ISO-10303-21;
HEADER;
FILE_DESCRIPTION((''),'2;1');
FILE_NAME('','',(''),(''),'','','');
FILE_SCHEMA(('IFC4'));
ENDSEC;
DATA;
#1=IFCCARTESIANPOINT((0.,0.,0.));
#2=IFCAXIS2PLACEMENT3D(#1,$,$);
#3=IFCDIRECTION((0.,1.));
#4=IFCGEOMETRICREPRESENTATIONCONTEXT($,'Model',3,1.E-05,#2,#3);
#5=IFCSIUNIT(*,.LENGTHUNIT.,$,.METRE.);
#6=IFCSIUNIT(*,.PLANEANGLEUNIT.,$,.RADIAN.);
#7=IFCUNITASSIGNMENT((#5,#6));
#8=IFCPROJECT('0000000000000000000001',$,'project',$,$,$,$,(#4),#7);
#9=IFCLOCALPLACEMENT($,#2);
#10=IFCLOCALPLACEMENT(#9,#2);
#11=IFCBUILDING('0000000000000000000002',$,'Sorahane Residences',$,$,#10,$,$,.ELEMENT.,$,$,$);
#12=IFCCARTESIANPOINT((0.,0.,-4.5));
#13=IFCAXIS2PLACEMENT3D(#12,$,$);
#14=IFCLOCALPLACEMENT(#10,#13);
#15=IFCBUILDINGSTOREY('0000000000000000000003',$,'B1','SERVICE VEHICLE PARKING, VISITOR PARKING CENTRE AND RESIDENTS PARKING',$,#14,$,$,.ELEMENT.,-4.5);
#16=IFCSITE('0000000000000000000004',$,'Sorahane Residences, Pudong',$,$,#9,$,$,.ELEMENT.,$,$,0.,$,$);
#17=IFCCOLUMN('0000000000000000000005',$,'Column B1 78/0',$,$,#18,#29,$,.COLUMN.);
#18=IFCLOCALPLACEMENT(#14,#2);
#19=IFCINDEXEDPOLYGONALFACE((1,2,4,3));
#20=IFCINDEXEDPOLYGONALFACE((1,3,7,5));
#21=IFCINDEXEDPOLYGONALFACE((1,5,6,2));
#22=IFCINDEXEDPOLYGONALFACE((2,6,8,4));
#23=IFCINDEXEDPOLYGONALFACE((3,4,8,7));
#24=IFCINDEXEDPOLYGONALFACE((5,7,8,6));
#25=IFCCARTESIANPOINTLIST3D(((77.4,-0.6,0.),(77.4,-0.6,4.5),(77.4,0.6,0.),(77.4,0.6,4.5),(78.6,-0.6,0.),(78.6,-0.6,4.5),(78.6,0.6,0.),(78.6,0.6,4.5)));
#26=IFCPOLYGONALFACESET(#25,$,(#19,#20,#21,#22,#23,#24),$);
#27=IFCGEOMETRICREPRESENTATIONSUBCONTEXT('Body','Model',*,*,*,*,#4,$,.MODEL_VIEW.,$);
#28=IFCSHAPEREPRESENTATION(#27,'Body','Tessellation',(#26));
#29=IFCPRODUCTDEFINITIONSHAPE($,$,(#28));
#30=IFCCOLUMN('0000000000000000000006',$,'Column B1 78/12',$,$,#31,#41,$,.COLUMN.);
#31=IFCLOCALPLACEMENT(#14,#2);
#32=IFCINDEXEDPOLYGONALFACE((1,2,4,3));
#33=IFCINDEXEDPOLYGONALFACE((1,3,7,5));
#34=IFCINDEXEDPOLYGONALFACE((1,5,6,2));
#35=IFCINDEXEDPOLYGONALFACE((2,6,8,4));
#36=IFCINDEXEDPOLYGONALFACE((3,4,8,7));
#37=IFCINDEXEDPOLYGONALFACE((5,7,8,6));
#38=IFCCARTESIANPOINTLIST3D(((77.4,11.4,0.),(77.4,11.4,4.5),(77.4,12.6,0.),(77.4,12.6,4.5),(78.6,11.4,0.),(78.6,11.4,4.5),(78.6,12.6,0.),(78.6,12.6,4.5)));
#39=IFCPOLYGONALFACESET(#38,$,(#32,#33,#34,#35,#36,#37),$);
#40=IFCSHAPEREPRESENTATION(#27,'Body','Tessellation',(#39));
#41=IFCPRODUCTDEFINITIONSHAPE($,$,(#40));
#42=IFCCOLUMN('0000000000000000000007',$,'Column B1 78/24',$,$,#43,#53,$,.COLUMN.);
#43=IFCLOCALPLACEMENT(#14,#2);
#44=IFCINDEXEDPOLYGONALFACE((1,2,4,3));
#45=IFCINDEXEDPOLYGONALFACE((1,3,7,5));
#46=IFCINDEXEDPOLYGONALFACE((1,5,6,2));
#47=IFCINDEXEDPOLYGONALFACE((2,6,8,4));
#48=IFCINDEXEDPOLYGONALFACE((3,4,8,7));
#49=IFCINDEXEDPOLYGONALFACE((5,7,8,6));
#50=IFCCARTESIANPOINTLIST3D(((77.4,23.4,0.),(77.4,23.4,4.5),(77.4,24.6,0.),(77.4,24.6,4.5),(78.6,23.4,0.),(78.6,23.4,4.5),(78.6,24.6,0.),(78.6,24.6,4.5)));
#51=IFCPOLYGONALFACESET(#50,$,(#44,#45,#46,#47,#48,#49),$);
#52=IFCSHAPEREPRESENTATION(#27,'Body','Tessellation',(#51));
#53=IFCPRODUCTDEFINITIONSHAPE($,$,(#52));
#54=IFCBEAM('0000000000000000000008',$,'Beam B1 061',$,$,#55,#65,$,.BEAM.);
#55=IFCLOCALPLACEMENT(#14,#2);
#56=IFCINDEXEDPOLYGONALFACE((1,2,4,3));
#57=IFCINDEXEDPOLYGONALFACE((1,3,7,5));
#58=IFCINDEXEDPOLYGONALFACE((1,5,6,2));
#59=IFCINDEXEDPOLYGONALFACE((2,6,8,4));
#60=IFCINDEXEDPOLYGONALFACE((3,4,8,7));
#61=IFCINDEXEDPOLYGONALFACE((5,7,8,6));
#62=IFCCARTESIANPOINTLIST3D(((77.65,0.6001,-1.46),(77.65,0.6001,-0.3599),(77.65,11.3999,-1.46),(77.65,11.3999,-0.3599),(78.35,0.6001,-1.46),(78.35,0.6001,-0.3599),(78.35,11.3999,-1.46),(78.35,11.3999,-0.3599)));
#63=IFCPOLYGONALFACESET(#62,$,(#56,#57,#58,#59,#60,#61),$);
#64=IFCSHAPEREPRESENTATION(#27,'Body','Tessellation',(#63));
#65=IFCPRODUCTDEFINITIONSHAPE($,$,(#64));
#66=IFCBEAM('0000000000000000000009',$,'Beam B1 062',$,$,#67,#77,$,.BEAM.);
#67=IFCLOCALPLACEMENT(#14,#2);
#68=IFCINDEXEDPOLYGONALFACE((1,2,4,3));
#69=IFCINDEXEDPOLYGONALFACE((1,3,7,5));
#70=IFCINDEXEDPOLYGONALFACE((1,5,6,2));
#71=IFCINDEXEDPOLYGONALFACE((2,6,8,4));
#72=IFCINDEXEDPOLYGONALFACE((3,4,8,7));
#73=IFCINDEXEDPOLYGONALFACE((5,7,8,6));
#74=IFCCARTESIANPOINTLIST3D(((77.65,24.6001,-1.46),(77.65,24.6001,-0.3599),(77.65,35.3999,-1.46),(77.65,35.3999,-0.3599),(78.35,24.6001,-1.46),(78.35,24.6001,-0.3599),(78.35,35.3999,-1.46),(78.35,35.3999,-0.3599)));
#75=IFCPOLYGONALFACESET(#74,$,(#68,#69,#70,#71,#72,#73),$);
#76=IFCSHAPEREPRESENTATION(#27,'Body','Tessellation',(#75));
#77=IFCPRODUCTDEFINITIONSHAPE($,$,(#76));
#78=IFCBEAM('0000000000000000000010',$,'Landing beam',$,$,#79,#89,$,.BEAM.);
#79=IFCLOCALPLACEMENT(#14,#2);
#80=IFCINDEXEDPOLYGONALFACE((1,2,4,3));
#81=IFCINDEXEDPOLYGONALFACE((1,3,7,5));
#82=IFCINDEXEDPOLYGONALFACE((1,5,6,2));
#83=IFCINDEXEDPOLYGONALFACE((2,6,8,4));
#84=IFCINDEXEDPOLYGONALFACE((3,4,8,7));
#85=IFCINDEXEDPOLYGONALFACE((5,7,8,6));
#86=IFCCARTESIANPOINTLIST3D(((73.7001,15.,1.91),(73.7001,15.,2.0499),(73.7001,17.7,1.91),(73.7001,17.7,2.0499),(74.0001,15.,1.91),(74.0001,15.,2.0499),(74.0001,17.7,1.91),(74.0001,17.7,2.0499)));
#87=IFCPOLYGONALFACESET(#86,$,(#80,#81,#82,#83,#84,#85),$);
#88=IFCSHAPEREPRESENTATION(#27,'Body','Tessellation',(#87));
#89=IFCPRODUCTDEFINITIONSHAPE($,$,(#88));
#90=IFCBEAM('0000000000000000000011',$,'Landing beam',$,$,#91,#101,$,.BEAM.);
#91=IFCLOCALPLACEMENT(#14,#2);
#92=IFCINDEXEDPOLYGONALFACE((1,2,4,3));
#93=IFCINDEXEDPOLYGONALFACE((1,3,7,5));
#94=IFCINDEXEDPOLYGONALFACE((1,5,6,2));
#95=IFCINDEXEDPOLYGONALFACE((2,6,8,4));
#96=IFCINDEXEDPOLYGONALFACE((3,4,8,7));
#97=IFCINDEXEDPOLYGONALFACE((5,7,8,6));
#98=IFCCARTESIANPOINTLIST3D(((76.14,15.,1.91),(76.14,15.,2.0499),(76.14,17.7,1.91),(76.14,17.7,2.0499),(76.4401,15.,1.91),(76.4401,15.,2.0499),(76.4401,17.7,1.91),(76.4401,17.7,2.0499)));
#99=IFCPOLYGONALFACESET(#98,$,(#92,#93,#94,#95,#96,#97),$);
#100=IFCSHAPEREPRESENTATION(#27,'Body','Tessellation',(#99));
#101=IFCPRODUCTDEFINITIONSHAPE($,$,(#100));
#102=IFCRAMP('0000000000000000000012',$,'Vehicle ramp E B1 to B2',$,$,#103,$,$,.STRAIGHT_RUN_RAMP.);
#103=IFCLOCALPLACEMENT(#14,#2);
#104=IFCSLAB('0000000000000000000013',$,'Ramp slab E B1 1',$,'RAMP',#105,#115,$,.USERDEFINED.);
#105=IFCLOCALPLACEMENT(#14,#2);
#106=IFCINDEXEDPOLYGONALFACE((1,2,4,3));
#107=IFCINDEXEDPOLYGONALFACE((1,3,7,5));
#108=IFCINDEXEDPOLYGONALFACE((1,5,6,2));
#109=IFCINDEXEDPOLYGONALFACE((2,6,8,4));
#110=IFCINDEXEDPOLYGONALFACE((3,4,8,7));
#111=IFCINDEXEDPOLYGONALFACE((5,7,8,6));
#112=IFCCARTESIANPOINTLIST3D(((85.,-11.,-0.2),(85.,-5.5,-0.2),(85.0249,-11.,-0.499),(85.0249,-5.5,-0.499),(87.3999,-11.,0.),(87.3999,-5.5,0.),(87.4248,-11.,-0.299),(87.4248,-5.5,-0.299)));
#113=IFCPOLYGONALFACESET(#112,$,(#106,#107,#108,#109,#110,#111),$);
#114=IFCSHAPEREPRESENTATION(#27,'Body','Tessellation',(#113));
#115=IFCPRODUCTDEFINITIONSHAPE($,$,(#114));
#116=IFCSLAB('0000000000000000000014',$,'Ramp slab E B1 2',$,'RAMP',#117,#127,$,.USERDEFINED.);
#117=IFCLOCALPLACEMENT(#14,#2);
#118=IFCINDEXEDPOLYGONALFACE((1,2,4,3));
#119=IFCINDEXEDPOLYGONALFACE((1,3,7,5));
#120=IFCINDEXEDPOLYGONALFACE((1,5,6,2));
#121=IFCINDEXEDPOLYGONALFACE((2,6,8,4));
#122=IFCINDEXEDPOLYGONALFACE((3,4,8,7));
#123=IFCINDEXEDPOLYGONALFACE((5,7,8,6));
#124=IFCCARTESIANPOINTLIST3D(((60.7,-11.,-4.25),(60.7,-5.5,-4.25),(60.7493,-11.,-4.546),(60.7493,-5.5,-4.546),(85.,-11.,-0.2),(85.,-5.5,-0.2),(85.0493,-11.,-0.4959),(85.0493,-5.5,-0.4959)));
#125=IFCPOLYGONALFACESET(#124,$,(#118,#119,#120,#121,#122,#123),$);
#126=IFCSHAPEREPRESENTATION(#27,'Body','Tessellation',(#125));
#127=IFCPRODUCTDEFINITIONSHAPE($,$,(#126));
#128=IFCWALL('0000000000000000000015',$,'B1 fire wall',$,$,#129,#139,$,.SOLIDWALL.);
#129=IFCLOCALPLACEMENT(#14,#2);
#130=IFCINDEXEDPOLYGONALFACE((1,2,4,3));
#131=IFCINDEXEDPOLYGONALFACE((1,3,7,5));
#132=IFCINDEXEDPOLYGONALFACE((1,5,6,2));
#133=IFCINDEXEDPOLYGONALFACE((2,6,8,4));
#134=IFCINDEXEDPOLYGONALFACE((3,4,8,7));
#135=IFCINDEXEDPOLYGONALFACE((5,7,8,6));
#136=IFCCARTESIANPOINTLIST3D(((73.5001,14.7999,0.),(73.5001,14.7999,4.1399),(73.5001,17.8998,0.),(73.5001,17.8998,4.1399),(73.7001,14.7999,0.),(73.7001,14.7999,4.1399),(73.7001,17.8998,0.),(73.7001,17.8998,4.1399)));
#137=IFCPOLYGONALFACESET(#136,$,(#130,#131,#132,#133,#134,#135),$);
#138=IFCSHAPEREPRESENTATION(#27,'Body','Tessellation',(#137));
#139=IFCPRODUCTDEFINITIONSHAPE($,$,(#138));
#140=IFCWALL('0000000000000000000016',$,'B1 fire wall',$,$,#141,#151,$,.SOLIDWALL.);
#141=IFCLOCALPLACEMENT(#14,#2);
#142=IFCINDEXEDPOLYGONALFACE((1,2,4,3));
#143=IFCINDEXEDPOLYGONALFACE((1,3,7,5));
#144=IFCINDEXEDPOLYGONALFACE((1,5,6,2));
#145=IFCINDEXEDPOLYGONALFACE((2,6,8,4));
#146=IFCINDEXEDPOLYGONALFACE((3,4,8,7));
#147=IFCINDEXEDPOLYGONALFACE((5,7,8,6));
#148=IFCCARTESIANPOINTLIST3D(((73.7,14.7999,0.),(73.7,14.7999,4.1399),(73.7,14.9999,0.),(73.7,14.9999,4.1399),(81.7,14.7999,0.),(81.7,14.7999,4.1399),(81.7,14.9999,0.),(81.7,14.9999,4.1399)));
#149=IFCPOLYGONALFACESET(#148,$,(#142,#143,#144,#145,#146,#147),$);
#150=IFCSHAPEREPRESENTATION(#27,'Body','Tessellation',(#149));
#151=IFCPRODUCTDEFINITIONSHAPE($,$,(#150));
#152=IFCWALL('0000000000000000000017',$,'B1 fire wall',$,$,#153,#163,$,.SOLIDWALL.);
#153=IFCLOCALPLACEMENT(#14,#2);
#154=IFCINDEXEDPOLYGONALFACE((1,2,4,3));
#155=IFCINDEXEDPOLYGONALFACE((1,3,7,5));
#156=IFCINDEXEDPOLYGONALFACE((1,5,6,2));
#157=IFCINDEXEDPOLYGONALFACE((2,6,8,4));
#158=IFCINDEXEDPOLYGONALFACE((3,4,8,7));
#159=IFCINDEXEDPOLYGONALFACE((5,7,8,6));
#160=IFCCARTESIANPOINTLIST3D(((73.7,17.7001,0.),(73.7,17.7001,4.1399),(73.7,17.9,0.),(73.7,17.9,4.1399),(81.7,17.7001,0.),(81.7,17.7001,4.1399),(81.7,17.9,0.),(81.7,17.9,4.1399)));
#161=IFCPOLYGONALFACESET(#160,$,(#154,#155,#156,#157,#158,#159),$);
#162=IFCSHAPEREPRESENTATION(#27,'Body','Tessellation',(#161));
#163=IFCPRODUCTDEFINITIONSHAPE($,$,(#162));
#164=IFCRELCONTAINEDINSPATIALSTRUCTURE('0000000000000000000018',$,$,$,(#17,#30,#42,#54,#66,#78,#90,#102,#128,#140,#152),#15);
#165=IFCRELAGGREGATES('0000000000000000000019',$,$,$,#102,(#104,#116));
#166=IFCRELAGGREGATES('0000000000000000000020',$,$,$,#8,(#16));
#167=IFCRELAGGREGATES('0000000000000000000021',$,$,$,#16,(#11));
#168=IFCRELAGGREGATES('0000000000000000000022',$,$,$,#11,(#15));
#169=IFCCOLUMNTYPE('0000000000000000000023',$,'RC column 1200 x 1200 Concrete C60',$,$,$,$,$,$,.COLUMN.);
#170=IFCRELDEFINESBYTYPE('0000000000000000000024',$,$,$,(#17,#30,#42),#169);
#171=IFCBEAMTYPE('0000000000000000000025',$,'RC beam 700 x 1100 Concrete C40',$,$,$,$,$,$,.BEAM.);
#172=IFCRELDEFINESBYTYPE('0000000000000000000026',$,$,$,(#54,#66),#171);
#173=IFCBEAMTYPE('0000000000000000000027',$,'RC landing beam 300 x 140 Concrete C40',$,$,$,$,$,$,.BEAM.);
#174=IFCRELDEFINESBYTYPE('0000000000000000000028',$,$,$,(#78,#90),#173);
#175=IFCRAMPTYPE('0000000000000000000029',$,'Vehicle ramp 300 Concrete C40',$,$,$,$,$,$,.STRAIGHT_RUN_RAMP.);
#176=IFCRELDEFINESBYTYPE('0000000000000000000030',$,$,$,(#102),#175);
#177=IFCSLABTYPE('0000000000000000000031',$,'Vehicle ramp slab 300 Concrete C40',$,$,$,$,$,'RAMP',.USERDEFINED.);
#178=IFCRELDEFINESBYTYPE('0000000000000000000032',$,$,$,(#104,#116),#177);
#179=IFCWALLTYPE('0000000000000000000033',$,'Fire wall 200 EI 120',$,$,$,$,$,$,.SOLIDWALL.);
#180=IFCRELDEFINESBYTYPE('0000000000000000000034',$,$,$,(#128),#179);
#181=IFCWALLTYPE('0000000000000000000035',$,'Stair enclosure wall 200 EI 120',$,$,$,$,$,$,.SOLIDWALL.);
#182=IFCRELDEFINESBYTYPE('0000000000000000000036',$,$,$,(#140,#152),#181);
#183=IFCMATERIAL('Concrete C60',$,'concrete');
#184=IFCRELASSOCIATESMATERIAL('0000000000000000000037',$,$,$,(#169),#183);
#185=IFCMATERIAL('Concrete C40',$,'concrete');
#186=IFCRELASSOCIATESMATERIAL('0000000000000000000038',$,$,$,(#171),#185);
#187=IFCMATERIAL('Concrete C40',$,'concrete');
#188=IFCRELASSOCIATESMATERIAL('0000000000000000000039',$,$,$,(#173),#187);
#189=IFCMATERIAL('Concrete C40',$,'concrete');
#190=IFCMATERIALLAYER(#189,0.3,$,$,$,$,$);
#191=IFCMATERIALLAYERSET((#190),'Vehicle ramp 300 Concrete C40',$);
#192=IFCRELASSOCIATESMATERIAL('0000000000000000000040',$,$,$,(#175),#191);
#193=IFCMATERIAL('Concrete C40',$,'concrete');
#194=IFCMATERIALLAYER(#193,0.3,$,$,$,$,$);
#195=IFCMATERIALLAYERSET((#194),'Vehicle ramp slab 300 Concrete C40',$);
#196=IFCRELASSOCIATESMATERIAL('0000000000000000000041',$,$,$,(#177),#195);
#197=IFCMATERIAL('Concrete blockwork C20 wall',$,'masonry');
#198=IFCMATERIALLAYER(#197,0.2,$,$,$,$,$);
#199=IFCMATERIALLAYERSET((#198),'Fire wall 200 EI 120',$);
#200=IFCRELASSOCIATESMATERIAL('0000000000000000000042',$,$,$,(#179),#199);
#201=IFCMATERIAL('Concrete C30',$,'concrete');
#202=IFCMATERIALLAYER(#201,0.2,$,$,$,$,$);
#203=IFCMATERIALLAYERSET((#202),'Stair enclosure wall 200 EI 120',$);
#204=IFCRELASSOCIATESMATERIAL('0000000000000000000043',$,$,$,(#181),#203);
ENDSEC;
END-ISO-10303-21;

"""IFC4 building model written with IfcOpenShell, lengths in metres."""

from ifc_helpers import new_model, si_unit, direction, frame, frame_2d, origin, origin_2d, place, context, subcontext, project, spatial, polyline, rectangle, outline, extrude, material, layer, layer_set, material_profile, profile_set, type_object, element, aggregate, save


model = new_model("IFC4")

# Units and contexts
model_context = context("Model", 3, precision=1e-05, world=origin(), true_north=direction((0.0, 1.0)))
body_context = subcontext(model_context, "Body", "Model", "MODEL_VIEW")
ifc_project = project(units=[si_unit("LENGTHUNIT", "METRE"), si_unit("PLANEANGLEUNIT", "RADIAN")], contexts=[model_context])

# Site, building, storey
site_placement = place(None, origin())
site = spatial("IfcSite", under=ifc_project, at=site_placement, Name="Sorahane Residences, Pudong", CompositionType="ELEMENT", RefElevation=0.0)
building_placement = place(site_placement, origin())
building = spatial("IfcBuilding", under=site, at=building_placement, Name="Sorahane Residences", CompositionType="ELEMENT")
storey_placement = place(building_placement, frame((0.0, 0.0, -4.5)))
storey = spatial("IfcBuildingStorey", under=building, at=storey_placement, Name="B1", Description="SERVICE VEHICLE PARKING, VISITOR PARKING CENTRE AND RESIDENTS PARKING", CompositionType="ELEMENT", Elevation=-4.5)

# Columns
ifc_material_1 = material(Name="Concrete C60", Category="concrete")
ifc_material_profile_1 = material_profile(ifc_material_1, rectangle(XDim=1.2, YDim=1.2, at=origin_2d()), Name="1200x1200")
ifc_profile_set_1 = profile_set([ifc_material_profile_1], Name="Concrete C60")
column_type = type_object("IfcColumnType", Name="RC column 1200 x 1200 Concrete C60", PredefinedType="COLUMN", material=ifc_profile_set_1)
for number, where, z_axis, x_axis, name in (
    (1, (78.0, 0.0, 0.0), (0.0, 0.0, 1.0), (1.0, 0.0, 0.0), "Column B1 78/0"),
    (2, (78.0, 12.0, 0.0), (0.0, 0.0, 1.0), (1.0, 0.0, 0.0), "Column B1 78/12"),
    (3, (78.0, 24.0, 0.0), (0.0, 0.0, 1.0), (1.0, 0.0, 0.0), "Column B1 78/24"),
):
    element("IfcColumn", number, at=place(storey_placement, frame(where, z_axis=z_axis, x_axis=x_axis)), inside=storey, type_object=column_type, Name=name, PredefinedType="COLUMN", context=body_context, shape_type="SweptSolid", body=[
        extrude(rectangle(XDim=1.2, YDim=1.2, at=origin_2d()), origin(), (0.0, 0.0, 1.0), 4.5),
    ])

# Beams
ifc_material_2 = material(Name="Concrete C40", Category="concrete")
ifc_material_profile_2 = material_profile(ifc_material_2, rectangle(XDim=0.7, YDim=1.1001, at=origin_2d()), Name="700x1100")
ifc_profile_set_2 = profile_set([ifc_material_profile_2], Name="Concrete C40")
beam_type_1 = type_object("IfcBeamType", Name="RC beam 700 x 1100 Concrete C40", PredefinedType="BEAM", material=ifc_profile_set_2)
for number, where, z_axis, x_axis, name in (
    (4, (78.0, 0.6001, -0.9099), (0.0, 1.0, 0.0), (-1.0, 0.0, 0.0), "Beam B1 061"),
    (5, (78.0, 24.6001, -0.9099), (0.0, 1.0, 0.0), (-1.0, 0.0, 0.0), "Beam B1 062"),
):
    element("IfcBeam", number, at=place(storey_placement, frame(where, z_axis=z_axis, x_axis=x_axis)), inside=storey, type_object=beam_type_1, Name=name, PredefinedType="BEAM", context=body_context, shape_type="SweptSolid", body=[
        extrude(rectangle(XDim=0.7, YDim=1.1001, at=origin_2d()), origin(), (0.0, 0.0, 1.0), 10.7998),
    ])
ifc_material_3 = material(Name="Concrete C40", Category="concrete")
ifc_material_profile_3 = material_profile(ifc_material_3, rectangle(XDim=0.3, YDim=0.1399, at=origin_2d()), Name="300x140")
ifc_profile_set_3 = profile_set([ifc_material_profile_3], Name="Concrete C40")
beam_type_2 = type_object("IfcBeamType", Name="RC landing beam 300 x 140 Concrete C40", PredefinedType="BEAM", material=ifc_profile_set_3)
for number, where, z_axis, x_axis, name in (
    (6, (73.8501, 15.0, 1.98), (0.0, 1.0, 0.0), (-1.0, 0.0, 0.0), "Landing beam"),
    (7, (76.29, 15.0, 1.98), (0.0, 1.0, 0.0), (-1.0, 0.0, 0.0), "Landing beam"),
):
    element("IfcBeam", number, at=place(storey_placement, frame(where, z_axis=z_axis, x_axis=x_axis)), inside=storey, type_object=beam_type_2, Name=name, PredefinedType="BEAM", context=body_context, shape_type="SweptSolid", body=[
        extrude(rectangle(XDim=0.3, YDim=0.1399, at=origin_2d()), origin(), (0.0, 0.0, 1.0), 2.7),
    ])

# Ramp, slabs
ifc_material_4 = material(Name="Concrete C40", Category="concrete")
ifc_layer_1 = layer(ifc_material_4, 0.3)
ifc_layer_set_1 = layer_set([ifc_layer_1], Name="Vehicle ramp 300 Concrete C40")
ramp_type = type_object("IfcRampType", Name="Vehicle ramp 300 Concrete C40", PredefinedType="STRAIGHT_RUN_RAMP", material=ifc_layer_set_1)
ramp_placement = place(storey_placement, origin())
ramp = element("IfcRamp", 8, at=ramp_placement, inside=storey, type_object=ramp_type, Name="Vehicle ramp E B1 to B2", PredefinedType="STRAIGHT_RUN_RAMP")
ifc_material_5 = material(Name="Concrete C40", Category="concrete")
ifc_layer_2 = layer(ifc_material_5, 0.3)
ifc_layer_set_2 = layer_set([ifc_layer_2], Name="Vehicle ramp slab 300 Concrete C40")
slab_type = type_object("IfcSlabType", Name="Vehicle ramp slab 300 Concrete C40", ElementType="RAMP", PredefinedType="USERDEFINED", material=ifc_layer_set_2)
slab_1_placement = place(storey_placement, frame((87.3999, -11.0, 0.0), z_axis=(-0.083029, 0.0, 0.996547), x_axis=(-0.996547, 0.0, -0.083029)))
slab_1 = element("IfcSlab", 9, at=slab_1_placement, type_object=slab_type, Name="Ramp slab E B1 1", ObjectType="RAMP", PredefinedType="USERDEFINED", context=body_context, shape_type="SweptSolid", body=[
    extrude(outline(polyline([(0.0, 0.0), (2.4082, 0.0), (2.4082, -5.5), (0.0, -5.5), (0.0, 0.0)])), origin(), (0.0, 0.0, -1.0), 0.3),
])
slab_2_placement = place(storey_placement, frame((85.0, -11.0, -0.2), z_axis=(-0.164401, 0.0, 0.986394), x_axis=(-0.986394, 0.0, -0.164401)))
slab_2 = element("IfcSlab", 10, at=slab_2_placement, type_object=slab_type, Name="Ramp slab E B1 2", ObjectType="RAMP", PredefinedType="USERDEFINED", context=body_context, shape_type="SweptSolid", body=[
    extrude(outline(polyline([(0.0, 0.0), (24.6352, 0.0), (24.6352, -5.5), (0.0, -5.5), (0.0, 0.0)])), origin(), (0.0, 0.0, -1.0), 0.3),
])

# Wall
ifc_material_6 = material(Name="Concrete blockwork C20 wall", Category="masonry")
ifc_layer_3 = layer(ifc_material_6, 0.2)
ifc_layer_set_3 = layer_set([ifc_layer_3], Name="Fire wall 200 EI 120")
wall_type_1 = type_object("IfcWallType", Name="Fire wall 200 EI 120", PredefinedType="SOLIDWALL", material=ifc_layer_set_3)
wall_1_placement = place(storey_placement, frame((73.6001, 14.8, 0.0), z_axis=(0.0, 0.0, 1.0), x_axis=(0.0, 1.0, 0.0)))
element("IfcWall", 11, at=wall_1_placement, inside=storey, type_object=wall_type_1, Name="B1 fire wall", PredefinedType="SOLIDWALL", context=body_context, shape_type="SweptSolid", body=[
    extrude(rectangle(XDim=3.0999, YDim=0.2, at=frame_2d((1.5498, 0.0))), origin(), (0.0, 0.0, 1.0), 4.1399),
])

# Walls
ifc_material_7 = material(Name="Concrete C30", Category="concrete")
ifc_layer_4 = layer(ifc_material_7, 0.2)
ifc_layer_set_4 = layer_set([ifc_layer_4], Name="Stair enclosure wall 200 EI 120")
wall_type_2 = type_object("IfcWallType", Name="Stair enclosure wall 200 EI 120", PredefinedType="SOLIDWALL", material=ifc_layer_set_4)
for number, where, z_axis, x_axis, name in (
    (12, (73.7, 14.8999, 0.0), (0.0, 0.0, 1.0), (1.0, 0.0, 0.0), "B1 fire wall"),
    (13, (73.7, 17.8, 0.0), (0.0, 0.0, 1.0), (1.0, 0.0, 0.0), "B1 fire wall"),
):
    element("IfcWall", number, at=place(storey_placement, frame(where, z_axis=z_axis, x_axis=x_axis)), inside=storey, type_object=wall_type_2, Name=name, PredefinedType="SOLIDWALL", context=body_context, shape_type="SweptSolid", body=[
        extrude(rectangle(XDim=8.0, YDim=0.2, at=frame_2d((4.0, 0.0))), origin(), (0.0, 0.0, 1.0), 4.1399),
    ])

aggregate(ramp, [slab_1, slab_2])

save(model, "model.ifc")
